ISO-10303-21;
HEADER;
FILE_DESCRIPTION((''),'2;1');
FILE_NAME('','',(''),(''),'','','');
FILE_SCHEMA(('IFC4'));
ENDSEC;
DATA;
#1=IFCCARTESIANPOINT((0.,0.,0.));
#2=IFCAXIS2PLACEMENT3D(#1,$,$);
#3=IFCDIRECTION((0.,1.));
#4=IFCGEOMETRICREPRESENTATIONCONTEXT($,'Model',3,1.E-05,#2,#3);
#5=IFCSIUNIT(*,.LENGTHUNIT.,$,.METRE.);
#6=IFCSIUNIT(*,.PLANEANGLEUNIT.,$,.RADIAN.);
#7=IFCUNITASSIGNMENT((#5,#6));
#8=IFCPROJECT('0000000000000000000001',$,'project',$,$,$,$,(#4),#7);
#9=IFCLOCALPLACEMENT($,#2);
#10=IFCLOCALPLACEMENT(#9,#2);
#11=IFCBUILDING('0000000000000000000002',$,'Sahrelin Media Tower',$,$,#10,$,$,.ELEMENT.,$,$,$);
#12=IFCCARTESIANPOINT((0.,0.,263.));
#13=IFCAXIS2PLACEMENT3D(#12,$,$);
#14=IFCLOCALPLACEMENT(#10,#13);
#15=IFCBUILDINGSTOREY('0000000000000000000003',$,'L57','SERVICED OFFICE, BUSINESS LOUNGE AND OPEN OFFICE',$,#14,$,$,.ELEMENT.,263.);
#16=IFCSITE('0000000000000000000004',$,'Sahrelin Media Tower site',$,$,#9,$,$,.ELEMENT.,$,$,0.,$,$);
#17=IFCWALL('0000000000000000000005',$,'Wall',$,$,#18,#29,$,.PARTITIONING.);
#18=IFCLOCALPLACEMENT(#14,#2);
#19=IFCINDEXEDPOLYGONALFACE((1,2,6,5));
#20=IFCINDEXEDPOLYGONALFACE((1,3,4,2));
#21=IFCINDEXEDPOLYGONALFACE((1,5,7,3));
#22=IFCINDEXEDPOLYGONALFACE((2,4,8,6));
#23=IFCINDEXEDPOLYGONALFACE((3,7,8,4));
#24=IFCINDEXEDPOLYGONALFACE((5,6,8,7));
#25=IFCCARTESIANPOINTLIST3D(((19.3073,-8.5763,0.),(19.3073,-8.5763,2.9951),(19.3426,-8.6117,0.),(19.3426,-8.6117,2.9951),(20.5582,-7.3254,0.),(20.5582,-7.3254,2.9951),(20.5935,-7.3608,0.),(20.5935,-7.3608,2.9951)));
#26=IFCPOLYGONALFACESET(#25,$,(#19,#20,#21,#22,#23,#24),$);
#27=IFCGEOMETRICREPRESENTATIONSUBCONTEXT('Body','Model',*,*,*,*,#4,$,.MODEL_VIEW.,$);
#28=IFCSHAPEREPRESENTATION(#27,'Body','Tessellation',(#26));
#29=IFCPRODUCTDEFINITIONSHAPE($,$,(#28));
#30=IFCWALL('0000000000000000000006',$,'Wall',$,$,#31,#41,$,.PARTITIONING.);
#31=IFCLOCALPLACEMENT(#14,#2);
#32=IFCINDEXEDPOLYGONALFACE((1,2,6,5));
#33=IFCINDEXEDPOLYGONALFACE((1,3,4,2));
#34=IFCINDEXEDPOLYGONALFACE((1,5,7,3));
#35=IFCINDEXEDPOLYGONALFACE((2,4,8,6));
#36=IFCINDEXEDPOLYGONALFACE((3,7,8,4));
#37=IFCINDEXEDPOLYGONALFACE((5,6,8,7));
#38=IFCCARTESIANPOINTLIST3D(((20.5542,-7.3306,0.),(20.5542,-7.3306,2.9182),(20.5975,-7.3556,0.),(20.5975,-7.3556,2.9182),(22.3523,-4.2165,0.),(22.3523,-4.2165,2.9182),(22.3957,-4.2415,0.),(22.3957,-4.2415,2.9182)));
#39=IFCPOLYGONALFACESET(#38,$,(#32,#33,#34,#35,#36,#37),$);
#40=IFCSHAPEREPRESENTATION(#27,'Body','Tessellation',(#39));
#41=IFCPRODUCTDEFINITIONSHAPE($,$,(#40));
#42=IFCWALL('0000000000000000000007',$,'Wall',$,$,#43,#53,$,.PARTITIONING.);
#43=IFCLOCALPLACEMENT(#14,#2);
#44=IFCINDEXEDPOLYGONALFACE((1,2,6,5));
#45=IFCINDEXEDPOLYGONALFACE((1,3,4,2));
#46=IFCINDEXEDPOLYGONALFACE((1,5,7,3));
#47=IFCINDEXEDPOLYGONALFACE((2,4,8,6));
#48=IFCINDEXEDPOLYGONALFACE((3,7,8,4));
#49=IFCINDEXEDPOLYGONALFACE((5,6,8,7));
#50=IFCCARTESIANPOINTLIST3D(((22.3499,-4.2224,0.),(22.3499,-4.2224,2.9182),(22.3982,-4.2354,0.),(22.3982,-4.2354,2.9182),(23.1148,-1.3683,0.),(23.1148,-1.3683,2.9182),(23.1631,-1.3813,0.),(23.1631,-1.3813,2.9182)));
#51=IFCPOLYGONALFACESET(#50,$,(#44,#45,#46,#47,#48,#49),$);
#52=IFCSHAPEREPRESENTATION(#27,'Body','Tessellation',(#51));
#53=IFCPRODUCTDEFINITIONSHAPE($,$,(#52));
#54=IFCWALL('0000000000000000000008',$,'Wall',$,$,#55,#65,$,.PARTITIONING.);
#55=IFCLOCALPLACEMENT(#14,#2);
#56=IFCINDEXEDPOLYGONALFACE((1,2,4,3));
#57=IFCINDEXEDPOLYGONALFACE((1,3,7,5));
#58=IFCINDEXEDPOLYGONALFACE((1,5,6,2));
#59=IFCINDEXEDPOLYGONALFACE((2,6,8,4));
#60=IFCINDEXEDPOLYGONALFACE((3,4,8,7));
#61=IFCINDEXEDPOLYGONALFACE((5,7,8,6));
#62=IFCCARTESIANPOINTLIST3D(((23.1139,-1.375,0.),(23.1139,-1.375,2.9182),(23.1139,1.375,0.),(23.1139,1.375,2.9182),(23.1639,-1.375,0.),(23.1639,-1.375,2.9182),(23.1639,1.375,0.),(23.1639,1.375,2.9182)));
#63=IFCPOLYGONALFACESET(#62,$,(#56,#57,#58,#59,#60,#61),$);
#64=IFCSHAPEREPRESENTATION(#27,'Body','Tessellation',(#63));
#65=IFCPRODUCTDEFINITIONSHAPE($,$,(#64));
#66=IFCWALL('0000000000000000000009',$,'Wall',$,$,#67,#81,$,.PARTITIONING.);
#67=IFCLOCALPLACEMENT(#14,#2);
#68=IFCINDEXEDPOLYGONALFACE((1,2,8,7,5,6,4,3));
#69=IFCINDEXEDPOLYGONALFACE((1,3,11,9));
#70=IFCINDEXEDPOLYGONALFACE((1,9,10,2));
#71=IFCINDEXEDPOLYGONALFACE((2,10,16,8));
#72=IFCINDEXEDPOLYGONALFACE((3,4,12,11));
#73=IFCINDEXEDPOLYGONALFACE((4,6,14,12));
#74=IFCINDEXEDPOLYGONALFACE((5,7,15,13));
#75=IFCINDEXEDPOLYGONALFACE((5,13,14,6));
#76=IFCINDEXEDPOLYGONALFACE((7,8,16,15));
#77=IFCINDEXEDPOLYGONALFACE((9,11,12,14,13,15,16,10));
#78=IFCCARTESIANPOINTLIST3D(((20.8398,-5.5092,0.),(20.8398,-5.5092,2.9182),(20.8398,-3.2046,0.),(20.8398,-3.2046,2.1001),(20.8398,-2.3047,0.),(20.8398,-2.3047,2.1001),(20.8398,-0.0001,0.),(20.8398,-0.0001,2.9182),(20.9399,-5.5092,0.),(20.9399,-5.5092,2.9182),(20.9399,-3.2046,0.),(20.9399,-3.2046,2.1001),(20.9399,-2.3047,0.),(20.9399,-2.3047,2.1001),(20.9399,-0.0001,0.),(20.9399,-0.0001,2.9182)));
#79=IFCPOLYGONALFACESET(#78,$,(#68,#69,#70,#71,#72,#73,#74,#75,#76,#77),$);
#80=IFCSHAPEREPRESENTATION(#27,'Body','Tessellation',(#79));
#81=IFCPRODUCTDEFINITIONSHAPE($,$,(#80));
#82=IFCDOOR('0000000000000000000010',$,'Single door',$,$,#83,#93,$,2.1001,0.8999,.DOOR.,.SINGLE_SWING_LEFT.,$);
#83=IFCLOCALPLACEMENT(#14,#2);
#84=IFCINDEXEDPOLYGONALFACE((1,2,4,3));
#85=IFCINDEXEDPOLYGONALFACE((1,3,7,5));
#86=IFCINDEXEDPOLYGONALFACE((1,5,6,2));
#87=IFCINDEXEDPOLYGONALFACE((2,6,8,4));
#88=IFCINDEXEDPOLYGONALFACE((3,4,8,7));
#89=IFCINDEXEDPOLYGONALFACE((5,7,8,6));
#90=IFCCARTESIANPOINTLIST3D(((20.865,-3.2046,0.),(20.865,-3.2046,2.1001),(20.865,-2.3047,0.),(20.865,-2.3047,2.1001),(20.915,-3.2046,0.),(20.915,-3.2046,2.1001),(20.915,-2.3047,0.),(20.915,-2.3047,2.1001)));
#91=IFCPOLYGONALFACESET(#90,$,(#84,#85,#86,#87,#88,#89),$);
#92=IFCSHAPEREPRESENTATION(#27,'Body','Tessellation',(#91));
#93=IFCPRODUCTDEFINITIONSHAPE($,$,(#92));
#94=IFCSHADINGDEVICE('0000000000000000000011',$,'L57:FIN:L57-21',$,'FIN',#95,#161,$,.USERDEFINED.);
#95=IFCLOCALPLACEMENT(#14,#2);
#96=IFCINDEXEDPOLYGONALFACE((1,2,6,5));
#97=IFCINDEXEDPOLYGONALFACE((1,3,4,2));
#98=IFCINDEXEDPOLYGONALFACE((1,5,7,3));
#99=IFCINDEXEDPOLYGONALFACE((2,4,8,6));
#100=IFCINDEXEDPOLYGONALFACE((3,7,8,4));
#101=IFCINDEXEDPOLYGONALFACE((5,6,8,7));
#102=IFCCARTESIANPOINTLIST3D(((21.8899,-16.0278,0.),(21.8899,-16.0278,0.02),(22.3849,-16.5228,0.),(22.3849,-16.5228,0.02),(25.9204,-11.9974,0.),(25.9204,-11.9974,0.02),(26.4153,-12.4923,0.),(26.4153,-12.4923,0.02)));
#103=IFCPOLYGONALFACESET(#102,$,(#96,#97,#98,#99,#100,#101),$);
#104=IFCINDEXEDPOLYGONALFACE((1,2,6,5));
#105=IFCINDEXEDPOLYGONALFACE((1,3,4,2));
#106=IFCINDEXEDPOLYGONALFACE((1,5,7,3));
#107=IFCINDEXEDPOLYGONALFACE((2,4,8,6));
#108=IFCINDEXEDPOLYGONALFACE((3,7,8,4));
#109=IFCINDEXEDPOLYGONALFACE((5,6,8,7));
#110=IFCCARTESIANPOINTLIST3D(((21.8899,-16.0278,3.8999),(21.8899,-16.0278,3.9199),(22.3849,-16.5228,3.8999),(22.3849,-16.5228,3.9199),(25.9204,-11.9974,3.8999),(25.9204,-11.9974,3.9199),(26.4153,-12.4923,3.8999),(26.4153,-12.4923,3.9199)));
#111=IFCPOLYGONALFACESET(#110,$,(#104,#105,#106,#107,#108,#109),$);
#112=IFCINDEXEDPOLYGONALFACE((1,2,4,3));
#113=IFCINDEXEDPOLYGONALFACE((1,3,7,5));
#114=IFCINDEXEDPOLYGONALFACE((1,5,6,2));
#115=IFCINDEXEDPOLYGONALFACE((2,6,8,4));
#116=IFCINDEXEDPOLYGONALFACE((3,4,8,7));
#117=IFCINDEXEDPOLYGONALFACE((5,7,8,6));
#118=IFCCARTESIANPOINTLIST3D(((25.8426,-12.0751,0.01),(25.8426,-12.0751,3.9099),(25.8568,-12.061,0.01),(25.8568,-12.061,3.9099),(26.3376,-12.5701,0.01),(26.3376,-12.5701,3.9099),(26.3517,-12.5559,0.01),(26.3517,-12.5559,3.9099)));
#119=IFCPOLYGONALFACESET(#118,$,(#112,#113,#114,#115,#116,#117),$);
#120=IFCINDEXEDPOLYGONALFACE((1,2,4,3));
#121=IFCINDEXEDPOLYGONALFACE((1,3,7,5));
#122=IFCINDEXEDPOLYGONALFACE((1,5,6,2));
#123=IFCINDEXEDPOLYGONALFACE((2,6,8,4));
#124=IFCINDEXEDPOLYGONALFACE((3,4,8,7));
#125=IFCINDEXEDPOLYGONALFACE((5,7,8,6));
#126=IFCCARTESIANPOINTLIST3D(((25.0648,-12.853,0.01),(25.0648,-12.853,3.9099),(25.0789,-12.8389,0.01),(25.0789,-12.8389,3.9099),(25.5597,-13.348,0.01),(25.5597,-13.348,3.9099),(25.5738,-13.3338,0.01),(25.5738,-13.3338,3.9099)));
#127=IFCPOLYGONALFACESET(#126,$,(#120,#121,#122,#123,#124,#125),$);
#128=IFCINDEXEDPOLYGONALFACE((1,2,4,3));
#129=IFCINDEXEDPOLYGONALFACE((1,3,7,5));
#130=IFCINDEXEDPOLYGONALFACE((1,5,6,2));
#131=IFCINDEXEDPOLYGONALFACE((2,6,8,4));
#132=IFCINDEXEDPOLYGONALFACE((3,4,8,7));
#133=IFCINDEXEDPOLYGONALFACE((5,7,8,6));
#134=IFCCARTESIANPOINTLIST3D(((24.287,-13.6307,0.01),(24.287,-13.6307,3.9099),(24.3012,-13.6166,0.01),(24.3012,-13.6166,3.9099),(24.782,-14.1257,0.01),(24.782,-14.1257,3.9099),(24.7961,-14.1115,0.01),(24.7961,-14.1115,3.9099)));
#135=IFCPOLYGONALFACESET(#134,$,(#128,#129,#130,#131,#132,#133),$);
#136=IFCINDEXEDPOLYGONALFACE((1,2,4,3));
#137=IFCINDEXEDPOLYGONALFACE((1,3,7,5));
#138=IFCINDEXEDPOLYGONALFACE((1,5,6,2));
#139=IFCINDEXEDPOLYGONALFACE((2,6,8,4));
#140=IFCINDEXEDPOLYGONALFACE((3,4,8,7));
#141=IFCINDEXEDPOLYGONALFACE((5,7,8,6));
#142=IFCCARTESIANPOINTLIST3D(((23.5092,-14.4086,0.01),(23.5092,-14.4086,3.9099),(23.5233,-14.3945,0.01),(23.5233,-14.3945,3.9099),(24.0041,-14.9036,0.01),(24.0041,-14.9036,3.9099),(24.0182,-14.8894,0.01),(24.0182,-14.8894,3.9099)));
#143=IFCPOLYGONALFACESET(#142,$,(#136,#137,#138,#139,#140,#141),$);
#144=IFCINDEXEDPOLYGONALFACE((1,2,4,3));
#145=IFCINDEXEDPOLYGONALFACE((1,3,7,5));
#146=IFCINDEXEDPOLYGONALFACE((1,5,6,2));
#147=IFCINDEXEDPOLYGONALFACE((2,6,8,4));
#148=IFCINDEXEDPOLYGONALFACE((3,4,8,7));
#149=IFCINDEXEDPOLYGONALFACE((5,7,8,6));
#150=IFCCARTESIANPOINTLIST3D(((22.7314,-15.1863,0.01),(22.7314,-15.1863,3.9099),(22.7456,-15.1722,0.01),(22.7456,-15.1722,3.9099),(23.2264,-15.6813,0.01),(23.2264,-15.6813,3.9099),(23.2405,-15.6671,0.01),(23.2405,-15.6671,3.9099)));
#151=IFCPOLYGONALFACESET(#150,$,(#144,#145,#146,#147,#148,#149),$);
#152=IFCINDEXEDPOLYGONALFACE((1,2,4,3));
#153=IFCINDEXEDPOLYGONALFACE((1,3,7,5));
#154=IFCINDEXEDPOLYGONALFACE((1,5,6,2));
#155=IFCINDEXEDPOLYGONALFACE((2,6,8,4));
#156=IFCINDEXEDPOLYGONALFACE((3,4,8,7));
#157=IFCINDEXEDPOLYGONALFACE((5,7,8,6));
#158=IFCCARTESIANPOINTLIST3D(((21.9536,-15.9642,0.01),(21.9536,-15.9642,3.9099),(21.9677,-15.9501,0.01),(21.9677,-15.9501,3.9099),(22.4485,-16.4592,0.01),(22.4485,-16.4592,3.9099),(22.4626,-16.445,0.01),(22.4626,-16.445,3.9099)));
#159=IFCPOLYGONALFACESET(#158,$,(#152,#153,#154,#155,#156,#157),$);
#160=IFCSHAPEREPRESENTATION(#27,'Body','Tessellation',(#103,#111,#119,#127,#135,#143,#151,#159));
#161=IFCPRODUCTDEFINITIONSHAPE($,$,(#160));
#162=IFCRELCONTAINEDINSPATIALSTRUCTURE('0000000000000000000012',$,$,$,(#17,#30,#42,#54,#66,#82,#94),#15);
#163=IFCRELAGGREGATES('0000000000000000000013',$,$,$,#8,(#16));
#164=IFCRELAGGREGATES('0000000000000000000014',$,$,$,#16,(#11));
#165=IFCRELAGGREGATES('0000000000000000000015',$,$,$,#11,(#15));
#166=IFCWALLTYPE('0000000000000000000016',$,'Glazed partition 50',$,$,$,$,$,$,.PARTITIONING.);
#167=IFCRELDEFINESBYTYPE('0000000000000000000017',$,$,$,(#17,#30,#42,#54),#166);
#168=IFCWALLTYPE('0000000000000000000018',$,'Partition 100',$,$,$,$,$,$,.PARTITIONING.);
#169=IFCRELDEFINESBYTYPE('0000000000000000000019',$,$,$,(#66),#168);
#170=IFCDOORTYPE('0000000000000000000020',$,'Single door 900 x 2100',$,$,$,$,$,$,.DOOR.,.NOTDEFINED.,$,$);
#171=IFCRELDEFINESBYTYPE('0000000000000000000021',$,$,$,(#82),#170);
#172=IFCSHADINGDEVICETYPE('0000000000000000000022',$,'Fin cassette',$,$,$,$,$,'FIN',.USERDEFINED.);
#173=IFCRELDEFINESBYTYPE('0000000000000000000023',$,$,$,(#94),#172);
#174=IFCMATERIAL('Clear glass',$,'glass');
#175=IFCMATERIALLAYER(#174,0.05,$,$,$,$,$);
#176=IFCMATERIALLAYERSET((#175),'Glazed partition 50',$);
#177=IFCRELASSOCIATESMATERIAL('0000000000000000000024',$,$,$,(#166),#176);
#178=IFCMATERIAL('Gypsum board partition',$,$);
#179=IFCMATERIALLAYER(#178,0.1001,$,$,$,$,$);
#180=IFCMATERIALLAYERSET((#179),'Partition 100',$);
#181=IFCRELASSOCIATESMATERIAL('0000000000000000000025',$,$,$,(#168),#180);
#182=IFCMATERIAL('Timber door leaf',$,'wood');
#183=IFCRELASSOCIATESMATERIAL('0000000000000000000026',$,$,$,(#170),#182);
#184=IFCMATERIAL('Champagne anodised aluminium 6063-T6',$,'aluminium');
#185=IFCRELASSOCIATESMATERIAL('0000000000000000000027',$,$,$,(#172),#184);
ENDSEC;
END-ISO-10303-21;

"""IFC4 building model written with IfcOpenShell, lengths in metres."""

from ifc_helpers import new_model, si_unit, direction, frame, frame_2d, origin, origin_2d, place, context, subcontext, project, spatial, rectangle, extrude, material, layer, layer_set, type_object, element, fill, save


model = new_model("IFC4")

# Units and contexts
model_context = context("Model", 3, precision=1e-05, world=origin(), true_north=direction((0.0, 1.0)))
body_context = subcontext(model_context, "Body", "Model", "MODEL_VIEW")
ifc_project = project(units=[si_unit("LENGTHUNIT", "METRE"), si_unit("PLANEANGLEUNIT", "RADIAN")], contexts=[model_context])

# Site, building, storey
site_placement = place(None, origin())
site = spatial("IfcSite", under=ifc_project, at=site_placement, Name="Sahrelin Media Tower site", CompositionType="ELEMENT", RefElevation=0.0)
building_placement = place(site_placement, origin())
building = spatial("IfcBuilding", under=site, at=building_placement, Name="Sahrelin Media Tower", CompositionType="ELEMENT")
storey_placement = place(building_placement, frame((0.0, 0.0, 263.0)))
storey = spatial("IfcBuildingStorey", under=building, at=storey_placement, Name="L57", Description="SERVICED OFFICE, BUSINESS LOUNGE AND OPEN OFFICE", CompositionType="ELEMENT", Elevation=263.0)

# Shared definitions
ifc_material_1 = material(Name="Champagne anodised aluminium 6063-T6", Category="aluminium")

# Walls
ifc_material_2 = material(Name="Clear glass", Category="glass")
ifc_layer_1 = layer(ifc_material_2, 0.05)
ifc_layer_set_1 = layer_set([ifc_layer_1], Name="Glazed partition 50")
wall_type_1 = type_object("IfcWallType", Name="Glazed partition 50", PredefinedType="PARTITIONING", material=ifc_layer_set_1)
wall_1_placement = place(storey_placement, frame((19.325, -8.594, 0.0), z_axis=(0.0, 0.0, 1.0), x_axis=(0.707107, 0.707107, 0.0)))
element("IfcWall", 1, at=wall_1_placement, inside=storey, type_object=wall_type_1, Name="Wall", PredefinedType="PARTITIONING", context=body_context, shape_type="SweptSolid", body=[
    extrude(rectangle(XDim=1.769, YDim=0.05, at=frame_2d((0.8845, 0.0))), origin(), (0.0, 0.0, 1.0), 2.9951),
])
wall_2_placement = place(storey_placement, frame((20.5759, -7.343, 0.0), z_axis=(0.0, 0.0, 1.0), x_axis=(0.500046, 0.865999, 0.0)))
element("IfcWall", 2, at=wall_2_placement, inside=storey, type_object=wall_type_1, Name="Wall", PredefinedType="PARTITIONING", context=body_context, shape_type="SweptSolid", body=[
    extrude(rectangle(XDim=3.5959, YDim=0.05, at=frame_2d((1.7979, 0.0))), origin(), (0.0, 0.0, 1.0), 2.9182),
])
wall_3_placement = place(storey_placement, frame((22.374, -4.229, 0.0), z_axis=(0.0, 0.0, 1.0), x_axis=(0.258871, 0.965912, 0.0)))
element("IfcWall", 3, at=wall_3_placement, inside=storey, type_object=wall_type_1, Name="Wall", PredefinedType="PARTITIONING", context=body_context, shape_type="SweptSolid", body=[
    extrude(rectangle(XDim=2.9548, YDim=0.05, at=frame_2d((1.4775, 0.0))), origin(), (0.0, 0.0, 1.0), 2.9182),
])
wall_4_placement = place(storey_placement, frame((23.1389, -1.375, 0.0), z_axis=(0.0, 0.0, 1.0), x_axis=(0.0, 1.0, 0.0)))
element("IfcWall", 4, at=wall_4_placement, inside=storey, type_object=wall_type_1, Name="Wall", PredefinedType="PARTITIONING", context=body_context, shape_type="SweptSolid", body=[
    extrude(rectangle(XDim=2.75, YDim=0.05, at=frame_2d((1.375, 0.0))), origin(), (0.0, 0.0, 1.0), 2.9182),
])

# Wall, opening, door
ifc_material_3 = material(Name="Gypsum board partition")
ifc_layer_2 = layer(ifc_material_3, 0.1001)
ifc_layer_set_2 = layer_set([ifc_layer_2], Name="Partition 100")
wall_type_2 = type_object("IfcWallType", Name="Partition 100", PredefinedType="PARTITIONING", material=ifc_layer_set_2)
wall_5_placement = place(storey_placement, frame((20.8899, -5.509, 0.0), z_axis=(0.0, 0.0, 1.0), x_axis=(0.0, 1.0, 0.0)))
wall_5 = element("IfcWall", 5, at=wall_5_placement, inside=storey, type_object=wall_type_2, Name="Wall", PredefinedType="PARTITIONING", context=body_context, shape_type="SweptSolid", body=[
    extrude(rectangle(XDim=5.509, YDim=0.1001, at=frame_2d((2.7544, 0.0))), origin(), (0.0, 0.0, 1.0), 2.9182),
])
opening_placement = place(wall_5_placement, frame((2.3044, 0.0, 0.0)))
opening = element("IfcOpeningElement", 6, at=opening_placement, cuts=wall_5, PredefinedType="OPENING", context=body_context, shape_type="SweptSolid", body=[
    extrude(rectangle(XDim=0.8999, YDim=2.1001, at=frame_2d((0.45, 1.05))), frame((0.0, 0.05, 0.0), z_axis=(0.0, -1.0, 0.0), x_axis=(1.0, 0.0, 0.0)), (0.0, 0.0, 1.0), 0.1001),
])
ifc_material_4 = material(Name="Timber door leaf", Category="wood")
door_type = type_object("IfcDoorType", Name="Single door 900 x 2100", OperationType="NOTDEFINED", PredefinedType="DOOR", material=ifc_material_4)
door_placement = place(opening_placement, origin())
door = element("IfcDoor", 7, at=door_placement, inside=storey, type_object=door_type, Name="Single door", OperationType="SINGLE_SWING_LEFT", OverallHeight=2.1001, OverallWidth=0.8999, PredefinedType="DOOR", context=body_context, shape_type="SweptSolid", body=[
    extrude(rectangle(XDim=0.8999, YDim=2.1001, at=frame_2d((0.45, 1.05))), frame((0.0, 0.0249, 0.0), z_axis=(0.0, -1.0, 0.0), x_axis=(1.0, 0.0, 0.0)), (0.0, 0.0, 1.0), 0.05),
])
fill(opening, door)

# Shading device
shading_device_type_1 = type_object("IfcShadingDeviceType", Name="Fin cassette", ElementType="FIN", PredefinedType="USERDEFINED", material=ifc_material_1)
placement = place(storey_placement, frame((23.8557, -13.9631, 0.0), z_axis=(0.0, 0.0, 1.0), x_axis=(-0.707107, -0.707107, 0.0)))
element("IfcShadingDevice", 8, at=placement, inside=storey, type_object=shading_device_type_1, Name="L57:FIN:L57-21", ObjectType="FIN", PredefinedType="USERDEFINED", context=body_context, shape_type="SweptSolid", body=[
    extrude(rectangle(XDim=5.7, YDim=0.7, at=origin_2d()), frame((0.0, 0.4199, 0.0)), (0.0, 0.0, 1.0), 0.02),
    extrude(rectangle(XDim=5.7, YDim=0.7, at=origin_2d()), frame((0.0, 0.4199, 3.8999)), (0.0, 0.0, 1.0), 0.02),
    extrude(rectangle(XDim=0.02, YDim=0.7, at=origin_2d()), frame((-2.75, 0.4199, 0.01), z_axis=(0.0, 0.0, 1.0), x_axis=(1.0, 0.0, 0.0)), (0.0, 0.0, 1.0), 3.8999),
    extrude(rectangle(XDim=0.02, YDim=0.7, at=origin_2d()), frame((-1.6499, 0.4199, 0.01), z_axis=(0.0, 0.0, 1.0), x_axis=(1.0, 0.0, 0.0)), (0.0, 0.0, 1.0), 3.8999),
    extrude(rectangle(XDim=0.02, YDim=0.7, at=origin_2d()), frame((-0.55, 0.4199, 0.01), z_axis=(0.0, 0.0, 1.0), x_axis=(1.0, 0.0, 0.0)), (0.0, 0.0, 1.0), 3.8999),
    extrude(rectangle(XDim=0.02, YDim=0.7, at=origin_2d()), frame((0.55, 0.4199, 0.01), z_axis=(0.0, 0.0, 1.0), x_axis=(1.0, 0.0, 0.0)), (0.0, 0.0, 1.0), 3.8999),
    extrude(rectangle(XDim=0.02, YDim=0.7, at=origin_2d()), frame((1.6499, 0.4199, 0.01), z_axis=(0.0, 0.0, 1.0), x_axis=(1.0, 0.0, 0.0)), (0.0, 0.0, 1.0), 3.8999),
    extrude(rectangle(XDim=0.02, YDim=0.7, at=origin_2d()), frame((2.75, 0.4199, 0.01), z_axis=(0.0, 0.0, 1.0), x_axis=(1.0, 0.0, 0.0)), (0.0, 0.0, 1.0), 3.8999),
])

save(model, "model.ifc")
